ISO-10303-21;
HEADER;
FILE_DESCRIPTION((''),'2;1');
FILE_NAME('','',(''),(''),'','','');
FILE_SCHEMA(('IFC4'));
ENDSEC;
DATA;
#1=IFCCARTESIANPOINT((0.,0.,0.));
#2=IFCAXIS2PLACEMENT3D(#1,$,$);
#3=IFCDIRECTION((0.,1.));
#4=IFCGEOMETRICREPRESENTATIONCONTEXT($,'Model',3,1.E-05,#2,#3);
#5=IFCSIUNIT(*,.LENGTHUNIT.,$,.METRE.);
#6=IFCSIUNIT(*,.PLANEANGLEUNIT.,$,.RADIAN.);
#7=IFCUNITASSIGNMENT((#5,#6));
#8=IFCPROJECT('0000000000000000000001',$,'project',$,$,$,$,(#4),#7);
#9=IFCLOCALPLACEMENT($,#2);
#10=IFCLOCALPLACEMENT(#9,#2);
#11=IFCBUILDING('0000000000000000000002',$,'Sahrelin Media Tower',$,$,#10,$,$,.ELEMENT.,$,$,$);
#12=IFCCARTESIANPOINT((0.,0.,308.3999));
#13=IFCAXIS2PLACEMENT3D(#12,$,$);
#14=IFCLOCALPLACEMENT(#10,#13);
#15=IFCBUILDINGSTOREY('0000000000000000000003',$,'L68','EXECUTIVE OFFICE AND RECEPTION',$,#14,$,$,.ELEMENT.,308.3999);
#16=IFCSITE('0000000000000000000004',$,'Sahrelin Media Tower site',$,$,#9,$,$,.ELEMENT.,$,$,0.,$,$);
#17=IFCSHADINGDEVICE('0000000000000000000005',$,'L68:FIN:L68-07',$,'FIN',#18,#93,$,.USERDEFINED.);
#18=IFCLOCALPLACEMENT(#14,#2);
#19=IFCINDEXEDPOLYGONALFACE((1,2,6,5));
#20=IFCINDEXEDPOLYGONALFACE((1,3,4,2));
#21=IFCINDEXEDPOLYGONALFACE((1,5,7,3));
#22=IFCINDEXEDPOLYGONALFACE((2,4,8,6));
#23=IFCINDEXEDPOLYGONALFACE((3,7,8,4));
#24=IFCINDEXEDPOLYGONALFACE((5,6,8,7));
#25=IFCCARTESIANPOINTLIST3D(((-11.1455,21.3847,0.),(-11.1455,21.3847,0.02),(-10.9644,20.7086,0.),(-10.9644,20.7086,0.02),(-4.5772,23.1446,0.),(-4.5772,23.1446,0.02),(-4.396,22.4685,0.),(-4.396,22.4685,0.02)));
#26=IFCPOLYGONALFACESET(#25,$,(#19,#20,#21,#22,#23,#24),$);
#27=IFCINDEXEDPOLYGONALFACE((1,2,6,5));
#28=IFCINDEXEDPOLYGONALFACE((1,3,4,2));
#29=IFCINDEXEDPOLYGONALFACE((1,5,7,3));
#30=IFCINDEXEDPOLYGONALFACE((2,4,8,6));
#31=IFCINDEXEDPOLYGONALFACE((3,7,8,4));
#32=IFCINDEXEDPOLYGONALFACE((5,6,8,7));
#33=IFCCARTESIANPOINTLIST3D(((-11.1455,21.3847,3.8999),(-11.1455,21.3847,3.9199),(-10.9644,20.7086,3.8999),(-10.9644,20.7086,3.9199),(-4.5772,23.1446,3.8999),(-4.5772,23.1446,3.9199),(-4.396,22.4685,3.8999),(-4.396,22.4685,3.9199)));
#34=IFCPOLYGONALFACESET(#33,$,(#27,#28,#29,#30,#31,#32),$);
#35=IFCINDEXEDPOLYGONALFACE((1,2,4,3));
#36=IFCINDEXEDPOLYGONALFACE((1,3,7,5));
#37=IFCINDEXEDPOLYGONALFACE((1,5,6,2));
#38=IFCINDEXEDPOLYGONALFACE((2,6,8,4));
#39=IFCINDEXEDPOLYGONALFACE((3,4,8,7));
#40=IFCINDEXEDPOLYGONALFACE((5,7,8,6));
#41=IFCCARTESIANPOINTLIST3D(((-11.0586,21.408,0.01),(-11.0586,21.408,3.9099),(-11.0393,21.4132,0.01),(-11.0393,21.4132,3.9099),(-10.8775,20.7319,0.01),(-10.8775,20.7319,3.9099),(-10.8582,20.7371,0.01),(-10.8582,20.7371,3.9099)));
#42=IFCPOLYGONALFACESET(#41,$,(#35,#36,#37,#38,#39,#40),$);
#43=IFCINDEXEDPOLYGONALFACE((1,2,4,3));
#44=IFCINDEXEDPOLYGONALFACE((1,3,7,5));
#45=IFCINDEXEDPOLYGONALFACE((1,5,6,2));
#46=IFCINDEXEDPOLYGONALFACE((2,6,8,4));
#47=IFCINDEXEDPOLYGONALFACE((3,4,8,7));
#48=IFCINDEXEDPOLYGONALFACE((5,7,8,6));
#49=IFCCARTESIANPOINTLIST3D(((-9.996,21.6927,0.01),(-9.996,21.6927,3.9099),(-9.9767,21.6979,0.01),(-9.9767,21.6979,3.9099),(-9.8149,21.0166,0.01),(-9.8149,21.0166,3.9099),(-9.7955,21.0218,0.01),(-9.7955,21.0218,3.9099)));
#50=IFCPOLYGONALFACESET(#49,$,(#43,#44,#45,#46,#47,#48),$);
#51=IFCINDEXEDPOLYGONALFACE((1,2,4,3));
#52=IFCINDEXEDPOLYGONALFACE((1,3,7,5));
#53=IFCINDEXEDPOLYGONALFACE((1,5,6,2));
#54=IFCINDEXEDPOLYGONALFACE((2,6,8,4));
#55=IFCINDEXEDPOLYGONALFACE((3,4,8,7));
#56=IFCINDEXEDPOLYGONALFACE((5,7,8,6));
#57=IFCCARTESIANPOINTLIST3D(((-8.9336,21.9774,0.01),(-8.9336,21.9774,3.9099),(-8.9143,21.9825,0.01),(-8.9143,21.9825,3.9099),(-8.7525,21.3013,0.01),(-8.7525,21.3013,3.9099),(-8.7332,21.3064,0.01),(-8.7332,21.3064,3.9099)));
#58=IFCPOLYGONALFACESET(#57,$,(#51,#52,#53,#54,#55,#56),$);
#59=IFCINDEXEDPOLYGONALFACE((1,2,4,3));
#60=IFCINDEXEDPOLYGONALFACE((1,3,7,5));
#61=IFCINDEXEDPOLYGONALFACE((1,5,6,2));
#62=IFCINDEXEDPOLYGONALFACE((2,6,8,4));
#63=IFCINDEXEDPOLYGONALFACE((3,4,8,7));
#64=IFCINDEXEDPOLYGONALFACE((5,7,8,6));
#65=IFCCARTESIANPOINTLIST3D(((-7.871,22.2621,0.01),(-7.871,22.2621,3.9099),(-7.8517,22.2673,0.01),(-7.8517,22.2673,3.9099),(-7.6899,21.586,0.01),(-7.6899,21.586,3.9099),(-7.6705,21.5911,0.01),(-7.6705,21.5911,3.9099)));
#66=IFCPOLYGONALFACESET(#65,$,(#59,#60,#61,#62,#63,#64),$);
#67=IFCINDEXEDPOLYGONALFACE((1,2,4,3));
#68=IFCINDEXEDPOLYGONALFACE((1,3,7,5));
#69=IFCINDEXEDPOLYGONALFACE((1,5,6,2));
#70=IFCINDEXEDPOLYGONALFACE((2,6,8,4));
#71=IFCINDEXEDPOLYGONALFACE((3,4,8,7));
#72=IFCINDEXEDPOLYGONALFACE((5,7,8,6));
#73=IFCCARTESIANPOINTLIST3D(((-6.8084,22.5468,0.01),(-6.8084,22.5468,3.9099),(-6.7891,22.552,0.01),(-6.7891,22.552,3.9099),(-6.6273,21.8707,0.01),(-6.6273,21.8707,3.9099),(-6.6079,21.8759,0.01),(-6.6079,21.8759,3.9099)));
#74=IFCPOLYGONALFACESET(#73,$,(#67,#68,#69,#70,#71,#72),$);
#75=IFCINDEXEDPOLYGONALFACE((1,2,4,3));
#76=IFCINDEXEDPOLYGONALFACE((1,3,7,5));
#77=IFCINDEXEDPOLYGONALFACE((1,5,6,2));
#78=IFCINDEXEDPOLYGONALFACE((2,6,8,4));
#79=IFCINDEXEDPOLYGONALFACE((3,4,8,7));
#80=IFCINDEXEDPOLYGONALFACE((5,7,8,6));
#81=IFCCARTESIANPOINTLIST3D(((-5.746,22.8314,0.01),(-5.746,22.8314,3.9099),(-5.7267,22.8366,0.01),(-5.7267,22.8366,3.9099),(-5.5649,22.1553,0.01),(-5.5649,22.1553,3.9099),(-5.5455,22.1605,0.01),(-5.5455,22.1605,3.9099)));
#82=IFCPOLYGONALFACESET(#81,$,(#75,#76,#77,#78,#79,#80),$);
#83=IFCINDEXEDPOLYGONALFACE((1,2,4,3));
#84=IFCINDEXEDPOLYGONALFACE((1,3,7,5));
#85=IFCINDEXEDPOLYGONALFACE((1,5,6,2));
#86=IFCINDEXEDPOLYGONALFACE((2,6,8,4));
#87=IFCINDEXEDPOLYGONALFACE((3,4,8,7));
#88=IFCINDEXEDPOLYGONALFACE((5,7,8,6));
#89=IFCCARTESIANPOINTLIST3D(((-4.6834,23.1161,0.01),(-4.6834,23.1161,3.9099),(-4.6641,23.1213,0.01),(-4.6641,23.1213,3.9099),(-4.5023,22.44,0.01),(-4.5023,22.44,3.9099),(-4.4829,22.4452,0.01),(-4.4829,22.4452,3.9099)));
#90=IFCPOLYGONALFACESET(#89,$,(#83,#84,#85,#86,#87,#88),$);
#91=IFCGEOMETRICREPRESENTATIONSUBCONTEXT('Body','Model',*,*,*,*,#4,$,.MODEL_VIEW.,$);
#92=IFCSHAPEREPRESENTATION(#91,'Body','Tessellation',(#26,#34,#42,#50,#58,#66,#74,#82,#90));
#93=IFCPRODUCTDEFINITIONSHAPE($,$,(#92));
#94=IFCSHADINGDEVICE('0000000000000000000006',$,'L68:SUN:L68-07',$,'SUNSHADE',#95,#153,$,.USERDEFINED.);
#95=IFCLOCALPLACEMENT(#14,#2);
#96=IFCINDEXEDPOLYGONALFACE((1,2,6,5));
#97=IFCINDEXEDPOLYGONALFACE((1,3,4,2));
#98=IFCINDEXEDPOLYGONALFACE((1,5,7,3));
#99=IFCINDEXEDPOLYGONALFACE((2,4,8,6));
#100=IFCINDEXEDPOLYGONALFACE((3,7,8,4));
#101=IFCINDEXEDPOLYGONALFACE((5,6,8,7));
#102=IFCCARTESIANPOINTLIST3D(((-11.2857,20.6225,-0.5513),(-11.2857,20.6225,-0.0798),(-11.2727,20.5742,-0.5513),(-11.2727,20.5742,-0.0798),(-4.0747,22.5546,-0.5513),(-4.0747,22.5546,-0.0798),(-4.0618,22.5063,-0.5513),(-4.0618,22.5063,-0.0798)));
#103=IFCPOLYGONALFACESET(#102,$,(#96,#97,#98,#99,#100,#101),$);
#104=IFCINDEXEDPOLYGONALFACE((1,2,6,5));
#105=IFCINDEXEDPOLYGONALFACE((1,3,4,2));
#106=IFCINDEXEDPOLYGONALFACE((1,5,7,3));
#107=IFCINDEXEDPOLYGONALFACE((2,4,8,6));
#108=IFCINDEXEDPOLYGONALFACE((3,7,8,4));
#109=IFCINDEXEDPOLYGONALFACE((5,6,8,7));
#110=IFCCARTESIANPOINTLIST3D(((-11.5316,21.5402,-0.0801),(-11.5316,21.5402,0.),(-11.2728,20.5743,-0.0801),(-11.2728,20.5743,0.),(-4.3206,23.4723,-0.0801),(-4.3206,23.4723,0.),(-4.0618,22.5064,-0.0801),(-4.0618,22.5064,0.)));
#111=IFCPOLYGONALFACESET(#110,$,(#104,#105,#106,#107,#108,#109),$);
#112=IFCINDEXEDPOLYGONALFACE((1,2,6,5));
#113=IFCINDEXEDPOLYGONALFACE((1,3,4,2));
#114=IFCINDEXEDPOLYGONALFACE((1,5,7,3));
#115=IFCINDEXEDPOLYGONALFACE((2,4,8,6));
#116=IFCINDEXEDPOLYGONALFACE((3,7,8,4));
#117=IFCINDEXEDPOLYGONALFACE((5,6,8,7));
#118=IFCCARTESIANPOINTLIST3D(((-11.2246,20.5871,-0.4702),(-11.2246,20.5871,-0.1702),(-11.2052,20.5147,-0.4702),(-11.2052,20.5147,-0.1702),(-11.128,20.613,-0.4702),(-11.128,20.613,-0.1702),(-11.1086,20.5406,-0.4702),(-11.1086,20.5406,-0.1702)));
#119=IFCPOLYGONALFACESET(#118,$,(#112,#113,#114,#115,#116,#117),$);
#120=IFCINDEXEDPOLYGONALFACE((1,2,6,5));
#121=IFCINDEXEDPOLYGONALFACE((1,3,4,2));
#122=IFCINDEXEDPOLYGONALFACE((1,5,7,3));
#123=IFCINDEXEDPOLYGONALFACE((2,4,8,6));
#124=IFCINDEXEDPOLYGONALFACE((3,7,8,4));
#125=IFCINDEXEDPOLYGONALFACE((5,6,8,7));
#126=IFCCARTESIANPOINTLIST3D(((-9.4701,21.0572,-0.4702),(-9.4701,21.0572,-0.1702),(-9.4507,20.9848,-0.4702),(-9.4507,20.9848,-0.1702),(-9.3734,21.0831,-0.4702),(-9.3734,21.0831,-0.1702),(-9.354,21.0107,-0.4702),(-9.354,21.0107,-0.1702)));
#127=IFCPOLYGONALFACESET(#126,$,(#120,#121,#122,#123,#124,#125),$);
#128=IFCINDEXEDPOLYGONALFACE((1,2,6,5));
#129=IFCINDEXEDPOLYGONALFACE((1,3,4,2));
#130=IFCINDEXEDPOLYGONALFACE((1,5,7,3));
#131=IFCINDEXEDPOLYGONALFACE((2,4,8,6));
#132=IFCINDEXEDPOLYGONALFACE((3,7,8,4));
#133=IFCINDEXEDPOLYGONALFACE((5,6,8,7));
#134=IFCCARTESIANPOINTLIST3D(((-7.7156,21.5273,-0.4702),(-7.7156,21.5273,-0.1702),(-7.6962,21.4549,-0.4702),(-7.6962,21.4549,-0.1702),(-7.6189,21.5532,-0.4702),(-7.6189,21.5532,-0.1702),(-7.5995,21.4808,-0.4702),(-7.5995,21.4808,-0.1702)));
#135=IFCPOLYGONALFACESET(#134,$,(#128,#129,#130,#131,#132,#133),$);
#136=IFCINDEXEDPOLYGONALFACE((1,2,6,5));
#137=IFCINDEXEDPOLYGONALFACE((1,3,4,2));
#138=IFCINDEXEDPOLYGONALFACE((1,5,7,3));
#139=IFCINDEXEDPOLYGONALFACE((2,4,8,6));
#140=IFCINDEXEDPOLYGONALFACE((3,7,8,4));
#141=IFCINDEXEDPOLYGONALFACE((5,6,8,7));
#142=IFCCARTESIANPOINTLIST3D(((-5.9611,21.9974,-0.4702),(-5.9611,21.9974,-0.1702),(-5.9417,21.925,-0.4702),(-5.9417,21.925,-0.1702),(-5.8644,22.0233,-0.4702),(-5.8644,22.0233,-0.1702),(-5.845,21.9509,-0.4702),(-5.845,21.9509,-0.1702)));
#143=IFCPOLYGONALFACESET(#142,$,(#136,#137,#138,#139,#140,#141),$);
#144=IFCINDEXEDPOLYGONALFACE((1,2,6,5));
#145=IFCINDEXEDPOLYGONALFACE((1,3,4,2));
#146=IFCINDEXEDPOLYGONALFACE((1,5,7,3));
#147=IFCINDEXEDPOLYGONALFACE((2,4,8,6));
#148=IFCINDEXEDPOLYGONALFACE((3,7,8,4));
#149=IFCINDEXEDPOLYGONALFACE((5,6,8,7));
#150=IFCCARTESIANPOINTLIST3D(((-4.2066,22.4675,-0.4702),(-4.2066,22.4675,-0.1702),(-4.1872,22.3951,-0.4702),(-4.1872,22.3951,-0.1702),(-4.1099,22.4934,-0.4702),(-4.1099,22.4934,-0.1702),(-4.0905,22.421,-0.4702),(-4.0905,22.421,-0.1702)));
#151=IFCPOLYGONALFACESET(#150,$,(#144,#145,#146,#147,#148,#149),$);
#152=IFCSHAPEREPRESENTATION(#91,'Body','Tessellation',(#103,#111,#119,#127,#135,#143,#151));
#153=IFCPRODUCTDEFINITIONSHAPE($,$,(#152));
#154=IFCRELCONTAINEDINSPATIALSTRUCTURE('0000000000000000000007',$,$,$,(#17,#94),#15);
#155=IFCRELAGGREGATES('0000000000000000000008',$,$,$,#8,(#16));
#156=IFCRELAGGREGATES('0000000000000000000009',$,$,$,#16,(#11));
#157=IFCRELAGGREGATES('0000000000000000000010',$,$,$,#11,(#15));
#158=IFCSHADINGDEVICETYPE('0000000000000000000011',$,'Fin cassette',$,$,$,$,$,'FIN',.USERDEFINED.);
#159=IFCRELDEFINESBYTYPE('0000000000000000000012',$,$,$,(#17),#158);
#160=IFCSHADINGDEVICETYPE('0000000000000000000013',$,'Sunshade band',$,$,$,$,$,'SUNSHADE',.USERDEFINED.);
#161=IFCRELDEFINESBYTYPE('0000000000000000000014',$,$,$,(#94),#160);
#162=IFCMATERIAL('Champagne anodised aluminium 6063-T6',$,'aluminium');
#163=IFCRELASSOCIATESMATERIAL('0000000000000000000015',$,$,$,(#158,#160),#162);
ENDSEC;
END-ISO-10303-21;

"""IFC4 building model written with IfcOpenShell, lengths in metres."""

from ifc_helpers import new_model, si_unit, direction, frame, origin, origin_2d, place, context, subcontext, project, spatial, rectangle, extrude, material, type_object, element, save


model = new_model("IFC4")

# Units and contexts
model_context = context("Model", 3, precision=1e-05, world=origin(), true_north=direction((0.0, 1.0)))
body_context = subcontext(model_context, "Body", "Model", "MODEL_VIEW")
ifc_project = project(units=[si_unit("LENGTHUNIT", "METRE"), si_unit("PLANEANGLEUNIT", "RADIAN")], contexts=[model_context])

# Site, building, storey
site_placement = place(None, origin())
site = spatial("IfcSite", under=ifc_project, at=site_placement, Name="Sahrelin Media Tower site", CompositionType="ELEMENT", RefElevation=0.0)
building_placement = place(site_placement, origin())
building = spatial("IfcBuilding", under=site, at=building_placement, Name="Sahrelin Media Tower", CompositionType="ELEMENT")
storey_placement = place(building_placement, frame((0.0, 0.0, 308.3999)))
storey = spatial("IfcBuildingStorey", under=building, at=storey_placement, Name="L68", Description="EXECUTIVE OFFICE AND RECEPTION", CompositionType="ELEMENT", Elevation=308.3999)

# Shared definitions
ifc_material_1 = material(Name="Champagne anodised aluminium 6063-T6", Category="aluminium")

# Shading devices
shading_device_type_1 = type_object("IfcShadingDeviceType", Name="Fin cassette", ElementType="FIN", PredefinedType="USERDEFINED", material=ifc_material_1)
placement = place(storey_placement, frame((-7.6621, 21.521, 0.0), z_axis=(0.0, 0.0, 1.0), x_axis=(0.965929, 0.258808, 0.0)))
element("IfcShadingDevice", 1, at=placement, inside=storey, type_object=shading_device_type_1, Name="L68:FIN:L68-07", ObjectType="FIN", PredefinedType="USERDEFINED", context=body_context, shape_type="SweptSolid", body=[
    extrude(rectangle(XDim=6.8, YDim=0.7, at=origin_2d()), frame((0.0, 0.4199, 0.0)), (0.0, 0.0, 1.0), 0.02),
    extrude(rectangle(XDim=6.8, YDim=0.7, at=origin_2d()), frame((0.0, 0.4199, 3.8999)), (0.0, 0.0, 1.0), 0.02),
    extrude(rectangle(XDim=0.02, YDim=0.7, at=origin_2d()), frame((-3.3, 0.4199, 0.01), z_axis=(0.0, 0.0, 1.0), x_axis=(1.0, 0.0, 0.0)), (0.0, 0.0, 1.0), 3.8999),
    extrude(rectangle(XDim=0.02, YDim=0.7, at=origin_2d()), frame((-2.2, 0.4199, 0.01), z_axis=(0.0, 0.0, 1.0), x_axis=(1.0, 0.0, 0.0)), (0.0, 0.0, 1.0), 3.8999),
    extrude(rectangle(XDim=0.02, YDim=0.7, at=origin_2d()), frame((-1.1001, 0.4199, 0.01), z_axis=(0.0, 0.0, 1.0), x_axis=(1.0, 0.0, 0.0)), (0.0, 0.0, 1.0), 3.8999),
    extrude(rectangle(XDim=0.02, YDim=0.7, at=origin_2d()), frame((0.0, 0.4199, 0.01), z_axis=(0.0, 0.0, 1.0), x_axis=(1.0, 0.0, 0.0)), (0.0, 0.0, 1.0), 3.8999),
    extrude(rectangle(XDim=0.02, YDim=0.7, at=origin_2d()), frame((1.1001, 0.4199, 0.01), z_axis=(0.0, 0.0, 1.0), x_axis=(1.0, 0.0, 0.0)), (0.0, 0.0, 1.0), 3.8999),
    extrude(rectangle(XDim=0.02, YDim=0.7, at=origin_2d()), frame((2.2, 0.4199, 0.01), z_axis=(0.0, 0.0, 1.0), x_axis=(1.0, 0.0, 0.0)), (0.0, 0.0, 1.0), 3.8999),
    extrude(rectangle(XDim=0.02, YDim=0.7, at=origin_2d()), frame((3.3, 0.4199, 0.01), z_axis=(0.0, 0.0, 1.0), x_axis=(1.0, 0.0, 0.0)), (0.0, 0.0, 1.0), 3.8999),
])
shading_device_type_2 = type_object("IfcShadingDeviceType", Name="Sunshade band", ElementType="SUNSHADE", PredefinedType="USERDEFINED", material=ifc_material_1)
element("IfcShadingDevice", 2, at=placement, inside=storey, type_object=shading_device_type_2, Name="L68:SUN:L68-07", ObjectType="SUNSHADE", PredefinedType="USERDEFINED", context=body_context, shape_type="SweptSolid", body=[
    extrude(rectangle(XDim=7.4653, YDim=0.05, at=origin_2d()), frame((0.0, 0.0449, -0.5513)), (0.0, 0.0, 1.0), 0.4714),
    extrude(rectangle(XDim=7.4653, YDim=1.0, at=origin_2d()), frame((0.0, 0.52, -0.0801)), (0.0, 0.0, 1.0), 0.0801),
    extrude(rectangle(XDim=0.1001, YDim=0.075, at=origin_2d()), frame((-3.6328, -0.0176, -0.4702)), (0.0, 0.0, 1.0), 0.3),
    extrude(rectangle(XDim=0.1001, YDim=0.075, at=origin_2d()), frame((-1.8164, -0.0176, -0.4702)), (0.0, 0.0, 1.0), 0.3),
    extrude(rectangle(XDim=0.1001, YDim=0.075, at=origin_2d()), frame((0.0, -0.0176, -0.4702)), (0.0, 0.0, 1.0), 0.3),
    extrude(rectangle(XDim=0.1001, YDim=0.075, at=origin_2d()), frame((1.8164, -0.0176, -0.4702)), (0.0, 0.0, 1.0), 0.3),
    extrude(rectangle(XDim=0.1001, YDim=0.075, at=origin_2d()), frame((3.6328, -0.0176, -0.4702)), (0.0, 0.0, 1.0), 0.3),
])

save(model, "model.ifc")
